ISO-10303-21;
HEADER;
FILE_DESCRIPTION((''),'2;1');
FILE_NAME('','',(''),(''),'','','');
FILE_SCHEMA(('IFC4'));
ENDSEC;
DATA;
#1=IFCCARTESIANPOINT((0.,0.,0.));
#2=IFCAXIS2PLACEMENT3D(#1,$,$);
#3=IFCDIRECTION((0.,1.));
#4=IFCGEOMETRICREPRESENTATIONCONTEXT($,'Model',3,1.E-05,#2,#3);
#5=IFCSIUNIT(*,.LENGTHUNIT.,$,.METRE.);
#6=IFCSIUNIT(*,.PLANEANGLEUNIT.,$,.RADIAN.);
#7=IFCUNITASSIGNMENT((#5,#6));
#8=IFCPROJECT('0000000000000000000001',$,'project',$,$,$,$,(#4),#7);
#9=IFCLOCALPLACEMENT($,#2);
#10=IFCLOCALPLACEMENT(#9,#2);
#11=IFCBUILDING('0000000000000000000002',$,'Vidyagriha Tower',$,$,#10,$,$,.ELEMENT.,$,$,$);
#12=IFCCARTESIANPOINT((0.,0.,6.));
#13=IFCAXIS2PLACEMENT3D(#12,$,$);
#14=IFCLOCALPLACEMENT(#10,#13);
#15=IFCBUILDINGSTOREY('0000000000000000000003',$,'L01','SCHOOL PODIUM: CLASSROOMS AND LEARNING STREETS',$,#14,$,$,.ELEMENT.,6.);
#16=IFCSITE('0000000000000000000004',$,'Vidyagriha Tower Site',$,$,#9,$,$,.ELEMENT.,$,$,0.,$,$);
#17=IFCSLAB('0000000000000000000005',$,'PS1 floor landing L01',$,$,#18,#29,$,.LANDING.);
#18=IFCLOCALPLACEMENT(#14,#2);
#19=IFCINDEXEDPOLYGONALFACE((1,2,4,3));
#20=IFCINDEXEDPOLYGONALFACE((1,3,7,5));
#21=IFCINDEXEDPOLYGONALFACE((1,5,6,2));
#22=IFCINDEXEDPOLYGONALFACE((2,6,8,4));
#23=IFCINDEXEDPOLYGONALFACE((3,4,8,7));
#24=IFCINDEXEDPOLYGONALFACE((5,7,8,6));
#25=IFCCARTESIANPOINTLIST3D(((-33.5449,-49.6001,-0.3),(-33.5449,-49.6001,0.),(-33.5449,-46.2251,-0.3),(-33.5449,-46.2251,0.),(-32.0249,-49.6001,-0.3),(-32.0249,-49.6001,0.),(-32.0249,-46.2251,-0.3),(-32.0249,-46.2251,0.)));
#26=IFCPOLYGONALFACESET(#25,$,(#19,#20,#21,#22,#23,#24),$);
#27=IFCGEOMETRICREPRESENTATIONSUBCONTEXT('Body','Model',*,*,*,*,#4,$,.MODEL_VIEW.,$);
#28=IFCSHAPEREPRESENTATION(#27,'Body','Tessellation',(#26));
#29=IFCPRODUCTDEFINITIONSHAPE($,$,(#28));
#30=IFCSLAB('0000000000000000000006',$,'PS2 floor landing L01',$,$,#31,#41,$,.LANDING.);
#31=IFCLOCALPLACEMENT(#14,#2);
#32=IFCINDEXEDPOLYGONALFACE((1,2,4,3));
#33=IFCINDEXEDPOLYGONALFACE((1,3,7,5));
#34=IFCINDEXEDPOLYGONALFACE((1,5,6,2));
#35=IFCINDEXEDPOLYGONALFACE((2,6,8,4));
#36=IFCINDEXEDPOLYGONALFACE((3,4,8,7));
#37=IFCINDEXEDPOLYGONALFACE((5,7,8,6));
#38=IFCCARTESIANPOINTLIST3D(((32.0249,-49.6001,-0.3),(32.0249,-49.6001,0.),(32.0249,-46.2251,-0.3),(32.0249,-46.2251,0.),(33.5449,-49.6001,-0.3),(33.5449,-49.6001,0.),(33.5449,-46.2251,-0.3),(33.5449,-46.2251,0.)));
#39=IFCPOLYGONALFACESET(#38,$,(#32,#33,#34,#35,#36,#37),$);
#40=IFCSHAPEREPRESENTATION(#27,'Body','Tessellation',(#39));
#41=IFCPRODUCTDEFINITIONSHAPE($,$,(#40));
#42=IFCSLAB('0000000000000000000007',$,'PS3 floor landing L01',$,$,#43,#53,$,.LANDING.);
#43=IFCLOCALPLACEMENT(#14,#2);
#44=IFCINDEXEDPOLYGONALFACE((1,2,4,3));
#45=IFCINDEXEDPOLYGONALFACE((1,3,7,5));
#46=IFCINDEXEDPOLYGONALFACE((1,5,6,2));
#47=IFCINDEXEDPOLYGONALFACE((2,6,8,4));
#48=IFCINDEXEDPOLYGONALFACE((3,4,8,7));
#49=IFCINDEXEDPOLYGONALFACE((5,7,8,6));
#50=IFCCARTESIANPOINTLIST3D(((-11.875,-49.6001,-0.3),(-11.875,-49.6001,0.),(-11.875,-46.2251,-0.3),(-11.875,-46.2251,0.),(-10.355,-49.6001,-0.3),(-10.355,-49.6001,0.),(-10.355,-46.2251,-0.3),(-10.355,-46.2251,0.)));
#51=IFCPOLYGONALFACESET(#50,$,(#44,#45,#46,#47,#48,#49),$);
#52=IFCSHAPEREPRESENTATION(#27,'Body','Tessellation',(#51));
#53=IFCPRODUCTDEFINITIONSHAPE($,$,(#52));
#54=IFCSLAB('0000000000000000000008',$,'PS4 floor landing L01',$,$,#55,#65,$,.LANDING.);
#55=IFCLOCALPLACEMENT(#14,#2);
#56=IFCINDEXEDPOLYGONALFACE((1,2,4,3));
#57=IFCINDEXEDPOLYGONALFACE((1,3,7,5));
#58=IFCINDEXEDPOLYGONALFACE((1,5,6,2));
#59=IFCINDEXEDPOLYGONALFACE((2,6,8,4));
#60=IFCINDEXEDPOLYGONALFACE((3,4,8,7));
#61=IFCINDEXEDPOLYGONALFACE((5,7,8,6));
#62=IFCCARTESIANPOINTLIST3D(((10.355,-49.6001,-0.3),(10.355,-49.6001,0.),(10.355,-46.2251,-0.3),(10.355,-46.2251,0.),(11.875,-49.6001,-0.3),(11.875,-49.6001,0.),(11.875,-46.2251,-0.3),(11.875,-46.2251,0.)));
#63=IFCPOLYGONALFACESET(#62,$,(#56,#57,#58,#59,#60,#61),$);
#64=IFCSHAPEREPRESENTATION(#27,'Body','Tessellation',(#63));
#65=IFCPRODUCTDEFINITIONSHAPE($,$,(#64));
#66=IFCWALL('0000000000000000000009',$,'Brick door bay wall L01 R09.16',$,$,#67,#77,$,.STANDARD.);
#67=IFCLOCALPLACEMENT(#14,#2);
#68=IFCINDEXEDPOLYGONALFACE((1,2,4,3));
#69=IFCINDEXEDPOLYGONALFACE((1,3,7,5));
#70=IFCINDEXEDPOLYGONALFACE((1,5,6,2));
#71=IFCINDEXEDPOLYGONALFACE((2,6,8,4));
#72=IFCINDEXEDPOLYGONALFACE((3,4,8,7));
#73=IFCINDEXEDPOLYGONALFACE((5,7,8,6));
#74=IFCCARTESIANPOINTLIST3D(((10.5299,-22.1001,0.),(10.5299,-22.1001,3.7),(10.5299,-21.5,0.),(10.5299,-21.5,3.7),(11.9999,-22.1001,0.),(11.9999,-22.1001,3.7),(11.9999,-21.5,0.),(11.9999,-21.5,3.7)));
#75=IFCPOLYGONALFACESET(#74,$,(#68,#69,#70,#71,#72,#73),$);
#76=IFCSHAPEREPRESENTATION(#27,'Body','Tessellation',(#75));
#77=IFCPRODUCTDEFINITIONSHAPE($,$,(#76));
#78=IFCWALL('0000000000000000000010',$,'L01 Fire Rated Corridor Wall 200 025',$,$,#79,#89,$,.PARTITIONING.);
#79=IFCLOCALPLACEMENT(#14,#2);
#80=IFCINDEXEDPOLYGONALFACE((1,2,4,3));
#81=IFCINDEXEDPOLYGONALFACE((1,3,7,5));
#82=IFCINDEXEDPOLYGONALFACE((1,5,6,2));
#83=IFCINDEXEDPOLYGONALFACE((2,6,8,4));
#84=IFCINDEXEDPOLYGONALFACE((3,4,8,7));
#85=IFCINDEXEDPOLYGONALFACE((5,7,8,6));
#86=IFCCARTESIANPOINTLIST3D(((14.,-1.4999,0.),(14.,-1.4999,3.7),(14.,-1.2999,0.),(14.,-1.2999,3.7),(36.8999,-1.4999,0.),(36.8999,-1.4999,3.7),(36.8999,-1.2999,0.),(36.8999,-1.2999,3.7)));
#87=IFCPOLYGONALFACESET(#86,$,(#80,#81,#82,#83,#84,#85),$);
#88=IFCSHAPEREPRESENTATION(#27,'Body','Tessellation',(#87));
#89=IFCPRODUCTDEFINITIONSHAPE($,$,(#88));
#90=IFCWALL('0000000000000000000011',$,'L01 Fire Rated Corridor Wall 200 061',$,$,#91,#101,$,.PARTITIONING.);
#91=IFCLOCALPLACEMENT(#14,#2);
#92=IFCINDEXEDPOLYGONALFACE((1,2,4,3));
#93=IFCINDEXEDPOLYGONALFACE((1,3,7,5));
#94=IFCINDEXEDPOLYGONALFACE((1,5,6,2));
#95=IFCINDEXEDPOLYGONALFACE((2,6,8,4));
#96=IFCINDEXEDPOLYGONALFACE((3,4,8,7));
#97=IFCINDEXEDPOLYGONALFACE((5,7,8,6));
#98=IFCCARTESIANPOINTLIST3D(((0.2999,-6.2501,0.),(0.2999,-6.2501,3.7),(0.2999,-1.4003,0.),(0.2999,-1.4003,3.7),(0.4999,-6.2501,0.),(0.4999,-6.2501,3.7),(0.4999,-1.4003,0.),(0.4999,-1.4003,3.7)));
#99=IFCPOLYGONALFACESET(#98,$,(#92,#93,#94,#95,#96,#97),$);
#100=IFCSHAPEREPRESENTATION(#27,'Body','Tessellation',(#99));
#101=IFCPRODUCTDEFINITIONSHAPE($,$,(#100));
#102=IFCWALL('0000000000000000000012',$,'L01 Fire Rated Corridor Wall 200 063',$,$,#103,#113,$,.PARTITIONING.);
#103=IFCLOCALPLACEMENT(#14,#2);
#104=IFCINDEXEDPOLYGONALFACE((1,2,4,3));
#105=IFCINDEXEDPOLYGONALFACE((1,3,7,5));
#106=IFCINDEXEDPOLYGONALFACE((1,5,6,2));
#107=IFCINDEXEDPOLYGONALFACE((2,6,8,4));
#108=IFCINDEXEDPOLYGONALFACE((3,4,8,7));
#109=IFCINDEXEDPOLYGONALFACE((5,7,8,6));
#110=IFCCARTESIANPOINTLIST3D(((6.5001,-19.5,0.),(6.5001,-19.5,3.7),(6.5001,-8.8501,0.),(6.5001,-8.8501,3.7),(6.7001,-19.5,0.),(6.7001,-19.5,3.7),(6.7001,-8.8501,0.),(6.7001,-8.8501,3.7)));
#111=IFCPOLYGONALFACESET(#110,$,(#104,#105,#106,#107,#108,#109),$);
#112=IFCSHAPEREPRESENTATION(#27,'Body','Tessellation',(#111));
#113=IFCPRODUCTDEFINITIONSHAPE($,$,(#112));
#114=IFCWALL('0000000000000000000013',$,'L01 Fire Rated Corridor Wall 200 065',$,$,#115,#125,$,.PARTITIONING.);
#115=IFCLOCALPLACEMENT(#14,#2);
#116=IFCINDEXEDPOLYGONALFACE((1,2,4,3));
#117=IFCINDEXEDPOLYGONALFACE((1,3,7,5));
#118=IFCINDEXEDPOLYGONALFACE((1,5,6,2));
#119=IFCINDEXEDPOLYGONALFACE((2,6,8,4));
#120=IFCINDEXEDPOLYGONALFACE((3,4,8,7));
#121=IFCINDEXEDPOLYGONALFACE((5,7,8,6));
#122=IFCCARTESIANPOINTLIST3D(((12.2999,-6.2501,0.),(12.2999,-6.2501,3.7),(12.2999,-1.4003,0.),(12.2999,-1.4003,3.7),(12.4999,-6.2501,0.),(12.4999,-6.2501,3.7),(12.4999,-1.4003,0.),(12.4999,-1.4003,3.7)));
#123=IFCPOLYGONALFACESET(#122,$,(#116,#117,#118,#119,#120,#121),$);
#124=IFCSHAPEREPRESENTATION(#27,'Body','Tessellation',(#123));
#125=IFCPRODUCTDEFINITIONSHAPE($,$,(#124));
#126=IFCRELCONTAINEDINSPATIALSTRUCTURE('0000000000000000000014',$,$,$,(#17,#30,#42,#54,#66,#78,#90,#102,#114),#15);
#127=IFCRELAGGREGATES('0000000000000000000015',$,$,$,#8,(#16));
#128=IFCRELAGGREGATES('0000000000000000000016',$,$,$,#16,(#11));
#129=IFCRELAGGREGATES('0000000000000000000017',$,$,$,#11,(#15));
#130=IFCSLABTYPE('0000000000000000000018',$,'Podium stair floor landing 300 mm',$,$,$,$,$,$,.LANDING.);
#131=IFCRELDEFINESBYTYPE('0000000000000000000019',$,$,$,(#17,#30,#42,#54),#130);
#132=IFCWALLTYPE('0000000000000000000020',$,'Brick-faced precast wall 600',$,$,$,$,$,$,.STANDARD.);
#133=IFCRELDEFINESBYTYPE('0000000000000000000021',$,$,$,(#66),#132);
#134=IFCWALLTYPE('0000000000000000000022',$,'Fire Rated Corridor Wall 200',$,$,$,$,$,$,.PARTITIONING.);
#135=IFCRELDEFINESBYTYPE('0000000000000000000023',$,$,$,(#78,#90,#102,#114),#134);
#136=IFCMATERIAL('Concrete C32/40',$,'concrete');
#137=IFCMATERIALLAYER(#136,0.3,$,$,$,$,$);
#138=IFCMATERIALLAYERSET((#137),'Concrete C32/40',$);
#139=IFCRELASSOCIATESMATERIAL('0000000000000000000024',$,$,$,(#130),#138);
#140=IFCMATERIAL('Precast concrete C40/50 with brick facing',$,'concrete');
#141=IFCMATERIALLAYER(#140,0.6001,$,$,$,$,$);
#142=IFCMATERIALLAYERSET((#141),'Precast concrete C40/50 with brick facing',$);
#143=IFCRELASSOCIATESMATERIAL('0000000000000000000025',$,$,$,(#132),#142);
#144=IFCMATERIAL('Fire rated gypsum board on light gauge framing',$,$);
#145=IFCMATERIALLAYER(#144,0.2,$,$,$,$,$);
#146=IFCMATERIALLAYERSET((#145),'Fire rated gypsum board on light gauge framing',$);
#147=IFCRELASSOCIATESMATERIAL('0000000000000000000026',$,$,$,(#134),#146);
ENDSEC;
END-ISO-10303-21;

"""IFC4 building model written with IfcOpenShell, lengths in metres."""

from ifc_helpers import new_model, si_unit, direction, frame, frame_2d, origin, place, context, subcontext, project, spatial, polyline, rectangle, outline, extrude, material, layer, layer_set, type_object, element, save


model = new_model("IFC4")

# Units and contexts
model_context = context("Model", 3, precision=1e-05, world=origin(), true_north=direction((0.0, 1.0)))
body_context = subcontext(model_context, "Body", "Model", "MODEL_VIEW")
ifc_project = project(units=[si_unit("LENGTHUNIT", "METRE"), si_unit("PLANEANGLEUNIT", "RADIAN")], contexts=[model_context])

# Site, building, storey
site_placement = place(None, origin())
site = spatial("IfcSite", under=ifc_project, at=site_placement, Name="Vidyagriha Tower Site", CompositionType="ELEMENT", RefElevation=0.0)
building_placement = place(site_placement, origin())
building = spatial("IfcBuilding", under=site, at=building_placement, Name="Vidyagriha Tower", CompositionType="ELEMENT")
storey_placement = place(building_placement, frame((0.0, 0.0, 6.0)))
storey = spatial("IfcBuildingStorey", under=building, at=storey_placement, Name="L01", Description="SCHOOL PODIUM: CLASSROOMS AND LEARNING STREETS", CompositionType="ELEMENT", Elevation=6.0)

# Slabs
ifc_material_1 = material(Name="Concrete C32/40", Category="concrete")
ifc_layer_1 = layer(ifc_material_1, 0.3)
ifc_layer_set_1 = layer_set([ifc_layer_1], Name="Concrete C32/40")
slab_type_1 = type_object("IfcSlabType", Name="Podium stair floor landing 300 mm", PredefinedType="LANDING", material=ifc_layer_set_1)
slab_1_placement = place(storey_placement, frame((0.0, 0.0, -0.3)))
element("IfcSlab", 1, at=slab_1_placement, inside=storey, type_object=slab_type_1, Name="PS1 floor landing L01", PredefinedType="LANDING", context=body_context, shape_type="SweptSolid", body=[
    extrude(outline(polyline([(-33.5449, -49.6001), (-32.0249, -49.6001), (-32.0249, -46.2251), (-33.5449, -46.2251), (-33.5449, -49.6001)])), origin(), (0.0, 0.0, 1.0), 0.3),
])
slab_2_placement = place(storey_placement, frame((0.0, 0.0, -0.3)))
element("IfcSlab", 2, at=slab_2_placement, inside=storey, type_object=slab_type_1, Name="PS2 floor landing L01", PredefinedType="LANDING", context=body_context, shape_type="SweptSolid", body=[
    extrude(outline(polyline([(32.0249, -49.6001), (33.5449, -49.6001), (33.5449, -46.2251), (32.0249, -46.2251), (32.0249, -49.6001)])), origin(), (0.0, 0.0, 1.0), 0.3),
])
slab_3_placement = place(storey_placement, frame((0.0, 0.0, -0.3)))
element("IfcSlab", 3, at=slab_3_placement, inside=storey, type_object=slab_type_1, Name="PS3 floor landing L01", PredefinedType="LANDING", context=body_context, shape_type="SweptSolid", body=[
    extrude(outline(polyline([(-11.875, -49.6001), (-10.355, -49.6001), (-10.355, -46.2251), (-11.875, -46.2251), (-11.875, -49.6001)])), origin(), (0.0, 0.0, 1.0), 0.3),
])
slab_4_placement = place(storey_placement, frame((0.0, 0.0, -0.3)))
element("IfcSlab", 4, at=slab_4_placement, inside=storey, type_object=slab_type_1, Name="PS4 floor landing L01", PredefinedType="LANDING", context=body_context, shape_type="SweptSolid", body=[
    extrude(outline(polyline([(10.355, -49.6001), (11.875, -49.6001), (11.875, -46.2251), (10.355, -46.2251), (10.355, -49.6001)])), origin(), (0.0, 0.0, 1.0), 0.3),
])

# Walls
ifc_material_2 = material(Name="Precast concrete C40/50 with brick facing", Category="concrete")
ifc_layer_2 = layer(ifc_material_2, 0.6001)
ifc_layer_set_2 = layer_set([ifc_layer_2], Name="Precast concrete C40/50 with brick facing")
wall_type_1 = type_object("IfcWallType", Name="Brick-faced precast wall 600", PredefinedType="STANDARD", material=ifc_layer_set_2)
wall_1_placement = place(storey_placement, frame((10.53, -21.8, 0.0)))
element("IfcWall", 5, at=wall_1_placement, inside=storey, type_object=wall_type_1, Name="Brick door bay wall L01 R09.16", PredefinedType="STANDARD", context=body_context, shape_type="SweptSolid", body=[
    extrude(rectangle(XDim=1.47, YDim=0.6001, at=frame_2d((0.7349, 0.0))), origin(), (0.0, 0.0, 1.0), 3.7),
])
ifc_material_3 = material(Name="Fire rated gypsum board on light gauge framing")
ifc_layer_3 = layer(ifc_material_3, 0.2)
ifc_layer_set_3 = layer_set([ifc_layer_3], Name="Fire rated gypsum board on light gauge framing")
wall_type_2 = type_object("IfcWallType", Name="Fire Rated Corridor Wall 200", PredefinedType="PARTITIONING", material=ifc_layer_set_3)
wall_2_placement = place(storey_placement, frame((14.0, -1.3999, 0.0)))
element("IfcWall", 6, at=wall_2_placement, inside=storey, type_object=wall_type_2, Name="L01 Fire Rated Corridor Wall 200 025", PredefinedType="PARTITIONING", context=body_context, shape_type="SweptSolid", body=[
    extrude(rectangle(XDim=22.8999, YDim=0.2, at=frame_2d((11.45, 0.0))), origin(), (0.0, 0.0, 1.0), 3.7),
])
wall_3_placement = place(storey_placement, frame((0.3999, -6.25, 0.0), z_axis=(0.0, 0.0, 1.0), x_axis=(0.0, 1.0, 0.0)))
element("IfcWall", 7, at=wall_3_placement, inside=storey, type_object=wall_type_2, Name="L01 Fire Rated Corridor Wall 200 061", PredefinedType="PARTITIONING", context=body_context, shape_type="SweptSolid", body=[
    extrude(rectangle(XDim=4.8499, YDim=0.2, at=frame_2d((2.4248, 0.0))), origin(), (0.0, 0.0, 1.0), 3.7),
])
wall_4_placement = place(storey_placement, frame((6.6001, -19.5, 0.0), z_axis=(0.0, 0.0, 1.0), x_axis=(0.0, 1.0, 0.0)))
element("IfcWall", 8, at=wall_4_placement, inside=storey, type_object=wall_type_2, Name="L01 Fire Rated Corridor Wall 200 063", PredefinedType="PARTITIONING", context=body_context, shape_type="SweptSolid", body=[
    extrude(rectangle(XDim=10.6499, YDim=0.2, at=frame_2d((5.325, 0.0))), origin(), (0.0, 0.0, 1.0), 3.7),
])
wall_5_placement = place(storey_placement, frame((12.3999, -6.25, 0.0), z_axis=(0.0, 0.0, 1.0), x_axis=(0.0, 1.0, 0.0)))
element("IfcWall", 9, at=wall_5_placement, inside=storey, type_object=wall_type_2, Name="L01 Fire Rated Corridor Wall 200 065", PredefinedType="PARTITIONING", context=body_context, shape_type="SweptSolid", body=[
    extrude(rectangle(XDim=4.8499, YDim=0.2, at=frame_2d((2.4248, 0.0))), origin(), (0.0, 0.0, 1.0), 3.7),
])

save(model, "model.ifc")
